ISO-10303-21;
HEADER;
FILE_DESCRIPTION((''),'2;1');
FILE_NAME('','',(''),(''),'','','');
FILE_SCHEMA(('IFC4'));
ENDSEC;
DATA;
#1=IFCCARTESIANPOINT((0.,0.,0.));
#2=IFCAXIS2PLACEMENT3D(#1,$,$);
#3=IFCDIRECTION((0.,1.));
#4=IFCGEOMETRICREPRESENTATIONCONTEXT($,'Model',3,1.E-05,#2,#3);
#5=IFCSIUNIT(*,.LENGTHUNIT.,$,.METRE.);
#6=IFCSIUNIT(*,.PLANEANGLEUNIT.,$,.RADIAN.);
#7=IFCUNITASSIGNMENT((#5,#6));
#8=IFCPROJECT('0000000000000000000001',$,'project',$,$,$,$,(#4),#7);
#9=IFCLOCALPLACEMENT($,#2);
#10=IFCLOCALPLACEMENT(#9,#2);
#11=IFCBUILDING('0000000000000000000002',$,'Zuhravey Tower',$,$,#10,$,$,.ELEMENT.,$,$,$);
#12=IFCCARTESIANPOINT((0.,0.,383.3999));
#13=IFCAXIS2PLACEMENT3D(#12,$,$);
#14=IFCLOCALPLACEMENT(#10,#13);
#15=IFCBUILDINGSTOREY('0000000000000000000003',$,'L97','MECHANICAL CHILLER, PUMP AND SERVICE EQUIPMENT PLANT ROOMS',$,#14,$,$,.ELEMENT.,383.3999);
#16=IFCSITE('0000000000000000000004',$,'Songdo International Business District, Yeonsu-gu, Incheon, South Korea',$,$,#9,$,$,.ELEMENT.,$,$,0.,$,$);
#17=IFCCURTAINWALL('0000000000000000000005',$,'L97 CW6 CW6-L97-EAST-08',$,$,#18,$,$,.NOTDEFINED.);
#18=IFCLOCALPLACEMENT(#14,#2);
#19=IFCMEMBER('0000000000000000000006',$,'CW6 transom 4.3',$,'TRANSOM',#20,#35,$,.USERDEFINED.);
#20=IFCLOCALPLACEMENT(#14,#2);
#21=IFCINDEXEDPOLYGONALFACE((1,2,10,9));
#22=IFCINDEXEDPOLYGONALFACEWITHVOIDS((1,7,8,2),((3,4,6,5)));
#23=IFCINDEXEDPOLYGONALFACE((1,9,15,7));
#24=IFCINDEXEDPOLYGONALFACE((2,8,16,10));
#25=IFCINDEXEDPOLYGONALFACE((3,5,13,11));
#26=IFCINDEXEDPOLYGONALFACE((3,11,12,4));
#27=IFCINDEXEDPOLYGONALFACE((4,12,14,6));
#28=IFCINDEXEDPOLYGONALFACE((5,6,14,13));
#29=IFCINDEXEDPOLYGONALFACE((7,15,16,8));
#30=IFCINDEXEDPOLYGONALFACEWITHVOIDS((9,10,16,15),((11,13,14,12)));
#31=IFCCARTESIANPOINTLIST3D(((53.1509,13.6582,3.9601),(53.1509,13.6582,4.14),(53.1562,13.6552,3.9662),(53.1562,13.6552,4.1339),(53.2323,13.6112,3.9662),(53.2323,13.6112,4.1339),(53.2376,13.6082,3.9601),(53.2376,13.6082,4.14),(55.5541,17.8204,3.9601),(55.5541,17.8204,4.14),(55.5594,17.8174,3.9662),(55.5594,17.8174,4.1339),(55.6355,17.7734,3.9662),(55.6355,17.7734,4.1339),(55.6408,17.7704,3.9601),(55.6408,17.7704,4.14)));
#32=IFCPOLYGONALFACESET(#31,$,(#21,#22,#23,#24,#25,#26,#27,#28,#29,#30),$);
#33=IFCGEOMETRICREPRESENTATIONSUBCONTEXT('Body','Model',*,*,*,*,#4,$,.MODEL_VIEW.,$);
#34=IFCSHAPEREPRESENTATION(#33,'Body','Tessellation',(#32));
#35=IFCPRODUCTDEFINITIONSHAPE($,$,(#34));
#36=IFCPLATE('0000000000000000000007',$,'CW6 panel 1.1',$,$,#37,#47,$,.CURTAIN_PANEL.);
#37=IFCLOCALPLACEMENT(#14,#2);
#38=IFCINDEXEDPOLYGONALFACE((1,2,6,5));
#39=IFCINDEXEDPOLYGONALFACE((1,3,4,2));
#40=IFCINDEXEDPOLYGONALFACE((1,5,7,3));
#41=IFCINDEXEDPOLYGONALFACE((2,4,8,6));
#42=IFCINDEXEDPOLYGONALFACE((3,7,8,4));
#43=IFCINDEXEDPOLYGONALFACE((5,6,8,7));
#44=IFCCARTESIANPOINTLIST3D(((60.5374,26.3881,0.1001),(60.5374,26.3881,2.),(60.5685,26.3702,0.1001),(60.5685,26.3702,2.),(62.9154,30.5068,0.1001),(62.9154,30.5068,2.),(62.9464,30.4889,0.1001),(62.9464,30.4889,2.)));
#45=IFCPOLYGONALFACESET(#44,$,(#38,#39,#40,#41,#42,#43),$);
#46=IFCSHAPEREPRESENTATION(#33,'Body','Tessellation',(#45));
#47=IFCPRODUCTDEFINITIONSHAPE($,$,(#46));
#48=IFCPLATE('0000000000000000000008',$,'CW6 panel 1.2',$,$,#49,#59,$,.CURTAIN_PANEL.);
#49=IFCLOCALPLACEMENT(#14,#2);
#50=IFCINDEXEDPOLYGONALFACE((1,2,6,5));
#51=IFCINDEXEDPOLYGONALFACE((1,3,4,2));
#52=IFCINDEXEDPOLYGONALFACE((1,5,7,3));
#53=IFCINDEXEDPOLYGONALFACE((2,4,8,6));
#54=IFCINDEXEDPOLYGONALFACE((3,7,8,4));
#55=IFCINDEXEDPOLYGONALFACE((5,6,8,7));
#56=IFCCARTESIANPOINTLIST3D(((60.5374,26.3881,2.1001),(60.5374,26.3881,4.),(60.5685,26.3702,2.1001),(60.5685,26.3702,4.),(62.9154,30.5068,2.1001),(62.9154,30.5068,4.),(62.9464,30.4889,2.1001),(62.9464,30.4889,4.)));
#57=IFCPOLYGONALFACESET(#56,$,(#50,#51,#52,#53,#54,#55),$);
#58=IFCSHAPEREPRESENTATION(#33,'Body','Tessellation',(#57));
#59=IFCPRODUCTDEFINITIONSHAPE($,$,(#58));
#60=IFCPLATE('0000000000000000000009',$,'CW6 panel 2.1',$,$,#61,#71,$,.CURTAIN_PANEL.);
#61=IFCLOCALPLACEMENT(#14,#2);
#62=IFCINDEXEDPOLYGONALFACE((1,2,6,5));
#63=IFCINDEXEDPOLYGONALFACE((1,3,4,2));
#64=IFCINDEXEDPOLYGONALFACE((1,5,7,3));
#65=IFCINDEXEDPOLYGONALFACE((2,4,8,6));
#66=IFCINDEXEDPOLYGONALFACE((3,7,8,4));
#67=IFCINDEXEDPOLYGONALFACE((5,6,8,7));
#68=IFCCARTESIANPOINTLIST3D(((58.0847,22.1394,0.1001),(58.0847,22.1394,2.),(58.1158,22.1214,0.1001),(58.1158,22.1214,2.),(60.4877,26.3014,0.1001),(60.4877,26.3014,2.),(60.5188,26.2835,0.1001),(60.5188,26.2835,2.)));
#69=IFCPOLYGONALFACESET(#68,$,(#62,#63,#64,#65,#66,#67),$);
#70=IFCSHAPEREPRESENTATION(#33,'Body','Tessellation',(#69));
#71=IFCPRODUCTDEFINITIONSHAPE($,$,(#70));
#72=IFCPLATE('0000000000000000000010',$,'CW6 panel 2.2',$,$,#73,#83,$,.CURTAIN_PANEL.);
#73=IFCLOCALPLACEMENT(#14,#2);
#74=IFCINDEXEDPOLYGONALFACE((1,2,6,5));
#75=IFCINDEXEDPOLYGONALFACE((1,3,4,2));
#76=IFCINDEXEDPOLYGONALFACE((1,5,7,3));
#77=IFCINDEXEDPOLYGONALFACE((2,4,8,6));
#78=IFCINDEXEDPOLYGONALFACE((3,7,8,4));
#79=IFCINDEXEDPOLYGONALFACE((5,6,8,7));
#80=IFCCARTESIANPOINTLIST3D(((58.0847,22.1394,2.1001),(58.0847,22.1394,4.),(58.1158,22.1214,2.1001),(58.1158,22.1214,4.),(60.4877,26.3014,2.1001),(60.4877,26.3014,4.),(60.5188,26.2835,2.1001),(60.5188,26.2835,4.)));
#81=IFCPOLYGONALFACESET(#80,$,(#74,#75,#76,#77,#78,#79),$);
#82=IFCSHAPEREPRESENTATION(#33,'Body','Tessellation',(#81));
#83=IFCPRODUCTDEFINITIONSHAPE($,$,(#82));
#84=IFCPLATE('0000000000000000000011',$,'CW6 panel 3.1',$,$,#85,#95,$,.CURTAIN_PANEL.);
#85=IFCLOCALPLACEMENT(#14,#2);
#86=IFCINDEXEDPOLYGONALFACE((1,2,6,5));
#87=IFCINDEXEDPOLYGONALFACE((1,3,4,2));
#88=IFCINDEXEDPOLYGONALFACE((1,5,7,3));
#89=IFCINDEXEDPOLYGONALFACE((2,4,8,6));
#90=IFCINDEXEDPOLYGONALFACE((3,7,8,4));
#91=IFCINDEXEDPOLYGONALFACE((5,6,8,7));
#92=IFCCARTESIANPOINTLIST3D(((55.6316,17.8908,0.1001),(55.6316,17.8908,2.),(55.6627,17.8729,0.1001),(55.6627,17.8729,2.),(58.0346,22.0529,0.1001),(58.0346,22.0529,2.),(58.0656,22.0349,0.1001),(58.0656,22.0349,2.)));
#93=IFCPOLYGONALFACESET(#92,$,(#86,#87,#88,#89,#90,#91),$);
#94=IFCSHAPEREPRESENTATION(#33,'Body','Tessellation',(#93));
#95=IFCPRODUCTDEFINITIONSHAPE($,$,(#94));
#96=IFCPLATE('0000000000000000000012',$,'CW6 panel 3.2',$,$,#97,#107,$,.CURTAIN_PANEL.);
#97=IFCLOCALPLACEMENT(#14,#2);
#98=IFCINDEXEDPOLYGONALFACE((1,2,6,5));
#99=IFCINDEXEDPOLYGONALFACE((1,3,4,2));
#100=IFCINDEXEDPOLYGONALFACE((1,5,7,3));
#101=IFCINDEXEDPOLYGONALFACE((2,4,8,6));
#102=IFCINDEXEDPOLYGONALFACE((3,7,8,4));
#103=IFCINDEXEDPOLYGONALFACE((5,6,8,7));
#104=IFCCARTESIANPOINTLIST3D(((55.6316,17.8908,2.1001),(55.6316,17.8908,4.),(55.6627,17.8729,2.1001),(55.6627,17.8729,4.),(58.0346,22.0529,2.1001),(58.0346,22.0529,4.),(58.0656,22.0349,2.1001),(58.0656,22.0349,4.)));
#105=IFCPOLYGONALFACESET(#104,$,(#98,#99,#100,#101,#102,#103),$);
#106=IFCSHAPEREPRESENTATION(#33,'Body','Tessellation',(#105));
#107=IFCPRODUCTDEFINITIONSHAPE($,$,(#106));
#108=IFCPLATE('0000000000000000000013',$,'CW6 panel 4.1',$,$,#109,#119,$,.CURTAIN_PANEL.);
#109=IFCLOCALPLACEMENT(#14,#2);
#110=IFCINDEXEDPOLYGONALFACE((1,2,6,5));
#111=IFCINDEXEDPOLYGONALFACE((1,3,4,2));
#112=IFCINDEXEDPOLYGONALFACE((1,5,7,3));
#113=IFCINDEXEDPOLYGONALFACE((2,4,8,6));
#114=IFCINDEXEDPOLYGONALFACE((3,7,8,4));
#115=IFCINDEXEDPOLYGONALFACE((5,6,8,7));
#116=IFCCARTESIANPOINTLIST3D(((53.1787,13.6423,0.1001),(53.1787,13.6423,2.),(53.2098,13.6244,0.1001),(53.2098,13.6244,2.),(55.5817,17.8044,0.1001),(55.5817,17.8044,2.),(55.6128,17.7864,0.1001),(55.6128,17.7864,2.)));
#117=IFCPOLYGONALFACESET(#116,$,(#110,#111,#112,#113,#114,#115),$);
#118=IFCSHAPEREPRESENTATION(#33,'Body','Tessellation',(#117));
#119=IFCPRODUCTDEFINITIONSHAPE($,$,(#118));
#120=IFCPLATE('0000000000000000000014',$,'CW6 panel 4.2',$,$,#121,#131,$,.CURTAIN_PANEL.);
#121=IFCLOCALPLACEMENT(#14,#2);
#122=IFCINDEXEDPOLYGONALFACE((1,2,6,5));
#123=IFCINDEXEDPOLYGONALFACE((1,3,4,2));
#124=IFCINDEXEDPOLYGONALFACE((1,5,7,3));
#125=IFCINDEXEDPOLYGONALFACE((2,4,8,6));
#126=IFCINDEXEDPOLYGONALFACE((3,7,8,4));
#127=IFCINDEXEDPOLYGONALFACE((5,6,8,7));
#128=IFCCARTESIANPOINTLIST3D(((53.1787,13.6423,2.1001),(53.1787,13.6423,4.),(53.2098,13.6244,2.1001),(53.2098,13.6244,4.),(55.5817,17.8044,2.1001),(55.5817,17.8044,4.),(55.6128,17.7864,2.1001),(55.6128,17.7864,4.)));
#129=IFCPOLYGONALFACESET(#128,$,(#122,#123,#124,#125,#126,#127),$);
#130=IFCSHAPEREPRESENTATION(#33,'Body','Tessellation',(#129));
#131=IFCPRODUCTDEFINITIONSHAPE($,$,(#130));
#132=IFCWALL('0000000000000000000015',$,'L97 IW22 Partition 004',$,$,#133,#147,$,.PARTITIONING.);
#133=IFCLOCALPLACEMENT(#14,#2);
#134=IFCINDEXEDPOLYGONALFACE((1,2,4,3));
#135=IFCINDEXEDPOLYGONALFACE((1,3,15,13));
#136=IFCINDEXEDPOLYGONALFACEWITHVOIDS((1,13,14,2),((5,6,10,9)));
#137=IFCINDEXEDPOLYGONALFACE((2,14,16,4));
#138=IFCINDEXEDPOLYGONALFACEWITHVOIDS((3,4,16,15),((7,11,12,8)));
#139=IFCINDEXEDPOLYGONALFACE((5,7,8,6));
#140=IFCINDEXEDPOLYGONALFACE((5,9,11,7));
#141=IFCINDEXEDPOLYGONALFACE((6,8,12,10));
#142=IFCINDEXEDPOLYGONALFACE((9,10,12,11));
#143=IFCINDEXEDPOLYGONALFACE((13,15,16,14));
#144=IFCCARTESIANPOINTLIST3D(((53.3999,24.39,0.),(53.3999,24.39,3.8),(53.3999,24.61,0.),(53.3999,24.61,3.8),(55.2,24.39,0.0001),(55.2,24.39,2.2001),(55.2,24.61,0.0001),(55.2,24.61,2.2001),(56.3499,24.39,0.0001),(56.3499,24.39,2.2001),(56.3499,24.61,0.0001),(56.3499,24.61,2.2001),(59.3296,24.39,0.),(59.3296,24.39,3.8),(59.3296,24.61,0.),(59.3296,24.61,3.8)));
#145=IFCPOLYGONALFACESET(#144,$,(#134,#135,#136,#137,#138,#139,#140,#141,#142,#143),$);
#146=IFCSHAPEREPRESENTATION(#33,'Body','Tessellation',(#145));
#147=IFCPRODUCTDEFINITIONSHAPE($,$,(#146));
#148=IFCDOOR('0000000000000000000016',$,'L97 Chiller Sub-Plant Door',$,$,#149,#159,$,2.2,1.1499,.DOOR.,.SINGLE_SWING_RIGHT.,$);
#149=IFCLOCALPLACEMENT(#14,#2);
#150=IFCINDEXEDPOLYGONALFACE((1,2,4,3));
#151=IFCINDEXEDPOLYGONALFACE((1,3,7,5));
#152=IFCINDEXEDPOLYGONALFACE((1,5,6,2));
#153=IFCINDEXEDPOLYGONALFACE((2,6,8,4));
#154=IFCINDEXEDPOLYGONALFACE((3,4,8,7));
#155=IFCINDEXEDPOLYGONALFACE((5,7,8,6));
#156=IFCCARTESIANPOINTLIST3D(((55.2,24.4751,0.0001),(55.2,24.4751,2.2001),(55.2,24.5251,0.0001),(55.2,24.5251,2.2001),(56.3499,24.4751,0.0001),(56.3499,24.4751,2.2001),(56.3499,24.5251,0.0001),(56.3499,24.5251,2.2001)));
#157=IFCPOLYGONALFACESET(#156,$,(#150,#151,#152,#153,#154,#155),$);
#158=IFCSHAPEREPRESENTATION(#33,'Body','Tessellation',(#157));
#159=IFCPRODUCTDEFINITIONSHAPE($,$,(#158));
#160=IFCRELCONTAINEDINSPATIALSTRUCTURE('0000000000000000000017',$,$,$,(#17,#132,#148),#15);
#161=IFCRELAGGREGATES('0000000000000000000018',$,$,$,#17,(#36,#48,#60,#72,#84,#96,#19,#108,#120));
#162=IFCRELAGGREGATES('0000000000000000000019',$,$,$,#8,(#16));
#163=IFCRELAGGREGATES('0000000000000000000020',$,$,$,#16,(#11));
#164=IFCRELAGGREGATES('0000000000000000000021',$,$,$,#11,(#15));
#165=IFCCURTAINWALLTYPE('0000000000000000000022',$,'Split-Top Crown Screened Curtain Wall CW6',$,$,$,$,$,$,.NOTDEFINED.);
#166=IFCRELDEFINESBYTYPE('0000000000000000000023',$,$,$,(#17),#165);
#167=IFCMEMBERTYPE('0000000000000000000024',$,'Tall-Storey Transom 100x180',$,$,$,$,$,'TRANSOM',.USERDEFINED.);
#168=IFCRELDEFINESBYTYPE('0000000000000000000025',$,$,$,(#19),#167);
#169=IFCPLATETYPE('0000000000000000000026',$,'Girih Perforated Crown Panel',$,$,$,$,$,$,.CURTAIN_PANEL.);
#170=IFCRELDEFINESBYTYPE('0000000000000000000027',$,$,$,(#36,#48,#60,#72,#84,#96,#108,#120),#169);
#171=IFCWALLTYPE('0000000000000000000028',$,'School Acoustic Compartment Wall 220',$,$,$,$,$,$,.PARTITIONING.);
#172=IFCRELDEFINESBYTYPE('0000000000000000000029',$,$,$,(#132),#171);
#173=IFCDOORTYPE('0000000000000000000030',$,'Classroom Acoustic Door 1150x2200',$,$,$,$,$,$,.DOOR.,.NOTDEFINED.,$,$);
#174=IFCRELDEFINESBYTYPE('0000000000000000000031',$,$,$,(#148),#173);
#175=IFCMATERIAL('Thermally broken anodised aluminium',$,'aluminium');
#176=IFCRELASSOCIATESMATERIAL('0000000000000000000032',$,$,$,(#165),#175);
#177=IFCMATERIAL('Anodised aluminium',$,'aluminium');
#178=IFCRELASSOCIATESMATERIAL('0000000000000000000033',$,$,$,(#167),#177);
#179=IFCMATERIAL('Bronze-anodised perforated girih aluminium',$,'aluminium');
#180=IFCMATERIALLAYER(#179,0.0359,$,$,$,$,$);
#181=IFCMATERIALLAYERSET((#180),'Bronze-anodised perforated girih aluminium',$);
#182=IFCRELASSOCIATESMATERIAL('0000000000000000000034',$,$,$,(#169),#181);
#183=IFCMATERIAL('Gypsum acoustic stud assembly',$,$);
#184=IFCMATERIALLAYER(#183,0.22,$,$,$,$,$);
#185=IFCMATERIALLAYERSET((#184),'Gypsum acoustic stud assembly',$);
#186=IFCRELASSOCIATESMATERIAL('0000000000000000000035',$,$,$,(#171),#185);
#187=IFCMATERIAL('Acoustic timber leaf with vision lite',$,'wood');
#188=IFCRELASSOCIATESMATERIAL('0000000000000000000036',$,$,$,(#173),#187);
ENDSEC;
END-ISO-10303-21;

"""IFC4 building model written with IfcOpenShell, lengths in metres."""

from ifc_helpers import new_model, si_unit, direction, frame, frame_2d, origin, origin_2d, place, context, subcontext, project, spatial, rectangle, hollow_rectangle, extrude, material, layer, layer_set, material_profile, profile_set, type_object, element, fill, aggregate, save


model = new_model("IFC4")

# Units and contexts
model_context = context("Model", 3, precision=1e-05, world=origin(), true_north=direction((0.0, 1.0)))
body_context = subcontext(model_context, "Body", "Model", "MODEL_VIEW")
ifc_project = project(units=[si_unit("LENGTHUNIT", "METRE"), si_unit("PLANEANGLEUNIT", "RADIAN")], contexts=[model_context])

# Site, building, storey
site_placement = place(None, origin())
site = spatial("IfcSite", under=ifc_project, at=site_placement, Name="Songdo International Business District, Yeonsu-gu, Incheon, South Korea", CompositionType="ELEMENT", RefElevation=0.0)
building_placement = place(site_placement, origin())
building = spatial("IfcBuilding", under=site, at=building_placement, Name="Zuhravey Tower", CompositionType="ELEMENT")
storey_placement = place(building_placement, frame((0.0, 0.0, 383.3999)))
storey = spatial("IfcBuildingStorey", under=building, at=storey_placement, Name="L97", Description="MECHANICAL CHILLER, PUMP AND SERVICE EQUIPMENT PLANT ROOMS", CompositionType="ELEMENT", Elevation=383.3999)

# Curtain wall, member, plates
ifc_material_1 = material(Name="Thermally broken anodised aluminium", Category="aluminium")
curtain_wall_type = type_object("IfcCurtainWallType", Name="Split-Top Crown Screened Curtain Wall CW6", PredefinedType="NOTDEFINED", material=ifc_material_1)
curtain_wall_placement = place(storey_placement, origin())
curtain_wall = element("IfcCurtainWall", 1, at=curtain_wall_placement, inside=storey, type_object=curtain_wall_type, Name="L97 CW6 CW6-L97-EAST-08", PredefinedType="NOTDEFINED")
ifc_material_2 = material(Name="Anodised aluminium", Category="aluminium")
ifc_material_profile_1 = material_profile(ifc_material_2, hollow_rectangle(XDim=0.1001, YDim=0.1799, WallThickness=0.0061, at=origin_2d()), Name="ALU-RHS-100x180x6")
ifc_profile_set_1 = profile_set([ifc_material_profile_1], Name="Anodised aluminium")
member_type_1 = type_object("IfcMemberType", Name="Tall-Storey Transom 100x180", ElementType="TRANSOM", PredefinedType="USERDEFINED", material=ifc_profile_set_1)
member_1_placement = place(storey_placement, frame((55.5974, 17.7954, 4.05), z_axis=(-0.500013, -0.866018, 0.0), x_axis=(0.866018, -0.500013, 0.0)))
member_1 = element("IfcMember", 2, at=member_1_placement, type_object=member_type_1, Name="CW6 transom 4.3", ObjectType="TRANSOM", PredefinedType="USERDEFINED", context=body_context, shape_type="SweptSolid", body=[
    extrude(hollow_rectangle(XDim=0.1001, YDim=0.1799, WallThickness=0.0061, at=origin_2d()), origin(), (0.0, 0.0, 1.0), 4.8062),
])
ifc_material_3 = material(Name="Bronze-anodised perforated girih aluminium", Category="aluminium")
ifc_layer_1 = layer(ifc_material_3, 0.0359)
ifc_layer_set_1 = layer_set([ifc_layer_1], Name="Bronze-anodised perforated girih aluminium")
plate_type = type_object("IfcPlateType", Name="Girih Perforated Crown Panel", PredefinedType="CURTAIN_PANEL", material=ifc_layer_set_1)
plate_1_placement = place(storey_placement, frame((61.7419, 28.4385, 0.1001), z_axis=(0.0, 0.0, 1.0), x_axis=(-0.499997, -0.866027, 0.0)))
plate_1 = element("IfcPlate", 3, at=plate_1_placement, type_object=plate_type, Name="CW6 panel 1.1", PredefinedType="CURTAIN_PANEL", context=body_context, shape_type="SweptSolid", body=[
    extrude(rectangle(XDim=4.7559, YDim=0.0359, at=origin_2d()), origin(), (0.0, 0.0, 1.0), 1.8999),
])
plate_2_placement = place(storey_placement, frame((61.7419, 28.4385, 2.1001), z_axis=(0.0, 0.0, 1.0), x_axis=(-0.499997, -0.866027, 0.0)))
plate_2 = element("IfcPlate", 4, at=plate_2_placement, type_object=plate_type, Name="CW6 panel 1.2", PredefinedType="CURTAIN_PANEL", context=body_context, shape_type="SweptSolid", body=[
    extrude(rectangle(XDim=4.7559, YDim=0.0359, at=origin_2d()), origin(), (0.0, 0.0, 1.0), 1.8999),
])
plate_3_placement = place(storey_placement, frame((59.3018, 24.2114, 0.1001), z_axis=(0.0, 0.0, 1.0), x_axis=(-0.499997, -0.866027, 0.0)))
plate_3 = element("IfcPlate", 5, at=plate_3_placement, type_object=plate_type, Name="CW6 panel 2.1", PredefinedType="CURTAIN_PANEL", context=body_context, shape_type="SweptSolid", body=[
    extrude(rectangle(XDim=4.8059, YDim=0.0359, at=origin_2d()), origin(), (0.0, 0.0, 1.0), 1.8999),
])
plate_4_placement = place(storey_placement, frame((59.3018, 24.2114, 2.1001), z_axis=(0.0, 0.0, 1.0), x_axis=(-0.499997, -0.866027, 0.0)))
plate_4 = element("IfcPlate", 6, at=plate_4_placement, type_object=plate_type, Name="CW6 panel 2.2", PredefinedType="CURTAIN_PANEL", context=body_context, shape_type="SweptSolid", body=[
    extrude(rectangle(XDim=4.8059, YDim=0.0359, at=origin_2d()), origin(), (0.0, 0.0, 1.0), 1.8999),
])
plate_5_placement = place(storey_placement, frame((56.8486, 19.9629, 0.1001), z_axis=(0.0, 0.0, 1.0), x_axis=(-0.499997, -0.866027, 0.0)))
plate_5 = element("IfcPlate", 7, at=plate_5_placement, type_object=plate_type, Name="CW6 panel 3.1", PredefinedType="CURTAIN_PANEL", context=body_context, shape_type="SweptSolid", body=[
    extrude(rectangle(XDim=4.8059, YDim=0.0359, at=origin_2d()), origin(), (0.0, 0.0, 1.0), 1.8999),
])
plate_6_placement = place(storey_placement, frame((56.8486, 19.9629, 2.1001), z_axis=(0.0, 0.0, 1.0), x_axis=(-0.499997, -0.866027, 0.0)))
plate_6 = element("IfcPlate", 8, at=plate_6_placement, type_object=plate_type, Name="CW6 panel 3.2", PredefinedType="CURTAIN_PANEL", context=body_context, shape_type="SweptSolid", body=[
    extrude(rectangle(XDim=4.8059, YDim=0.0359, at=origin_2d()), origin(), (0.0, 0.0, 1.0), 1.8999),
])
plate_7_placement = place(storey_placement, frame((54.3958, 15.7144, 0.1001), z_axis=(0.0, 0.0, 1.0), x_axis=(-0.499997, -0.866027, 0.0)))
plate_7 = element("IfcPlate", 9, at=plate_7_placement, type_object=plate_type, Name="CW6 panel 4.1", PredefinedType="CURTAIN_PANEL", context=body_context, shape_type="SweptSolid", body=[
    extrude(rectangle(XDim=4.8059, YDim=0.0359, at=origin_2d()), origin(), (0.0, 0.0, 1.0), 1.8999),
])
plate_8_placement = place(storey_placement, frame((54.3958, 15.7144, 2.1001), z_axis=(0.0, 0.0, 1.0), x_axis=(-0.499997, -0.866027, 0.0)))
plate_8 = element("IfcPlate", 10, at=plate_8_placement, type_object=plate_type, Name="CW6 panel 4.2", PredefinedType="CURTAIN_PANEL", context=body_context, shape_type="SweptSolid", body=[
    extrude(rectangle(XDim=4.8059, YDim=0.0359, at=origin_2d()), origin(), (0.0, 0.0, 1.0), 1.8999),
])
aggregate(curtain_wall, [plate_1, plate_2, plate_3, plate_4, plate_5, plate_6, member_1, plate_7, plate_8])

# Wall, opening, door
ifc_material_4 = material(Name="Gypsum acoustic stud assembly")
ifc_layer_2 = layer(ifc_material_4, 0.22)
ifc_layer_set_2 = layer_set([ifc_layer_2], Name="Gypsum acoustic stud assembly")
wall_type = type_object("IfcWallType", Name="School Acoustic Compartment Wall 220", PredefinedType="PARTITIONING", material=ifc_layer_set_2)
wall_1_placement = place(storey_placement, frame((53.3999, 24.5, 0.0), z_axis=(0.0, 0.0, 1.0), x_axis=(1.0, 0.0, 0.0)))
wall_1 = element("IfcWall", 11, at=wall_1_placement, inside=storey, type_object=wall_type, Name="L97 IW22 Partition 004", PredefinedType="PARTITIONING", context=body_context, shape_type="SweptSolid", body=[
    extrude(rectangle(XDim=5.9297, YDim=0.22, at=frame_2d((2.9648, 0.0))), origin(), (0.0, 0.0, 1.0), 3.8),
])
opening_1_placement = place(wall_1_placement, frame((1.8, 0.0, 0.0)))
opening_1 = element("IfcOpeningElement", 12, at=opening_1_placement, cuts=wall_1, PredefinedType="OPENING", context=body_context, shape_type="SweptSolid", body=[
    extrude(rectangle(XDim=1.1499, YDim=2.2, at=frame_2d((0.575, 1.1001))), frame((0.0, 0.1221, 0.0), z_axis=(0.0, -1.0, 0.0), x_axis=(1.0, 0.0, 0.0)), (0.0, 0.0, 1.0), 0.2439),
])
ifc_material_5 = material(Name="Acoustic timber leaf with vision lite", Category="wood")
door_type = type_object("IfcDoorType", Name="Classroom Acoustic Door 1150x2200", OperationType="NOTDEFINED", PredefinedType="DOOR", material=ifc_material_5)
door_1_placement = place(opening_1_placement, frame((1.1499, 0.0, 0.0), z_axis=(0.0, 0.0, 1.0), x_axis=(-1.0, 0.0, 0.0)))
door_1 = element("IfcDoor", 13, at=door_1_placement, inside=storey, type_object=door_type, Name="L97 Chiller Sub-Plant Door", OperationType="SINGLE_SWING_RIGHT", OverallHeight=2.2, OverallWidth=1.1499, PredefinedType="DOOR", context=body_context, shape_type="SweptSolid", body=[
    extrude(rectangle(XDim=1.1499, YDim=2.2, at=frame_2d((0.575, 1.1001))), frame((0.0, 0.0249, 0.0), z_axis=(0.0, -1.0, 0.0), x_axis=(1.0, 0.0, 0.0)), (0.0, 0.0, 1.0), 0.05),
])
fill(opening_1, door_1)

save(model, "model.ifc")
